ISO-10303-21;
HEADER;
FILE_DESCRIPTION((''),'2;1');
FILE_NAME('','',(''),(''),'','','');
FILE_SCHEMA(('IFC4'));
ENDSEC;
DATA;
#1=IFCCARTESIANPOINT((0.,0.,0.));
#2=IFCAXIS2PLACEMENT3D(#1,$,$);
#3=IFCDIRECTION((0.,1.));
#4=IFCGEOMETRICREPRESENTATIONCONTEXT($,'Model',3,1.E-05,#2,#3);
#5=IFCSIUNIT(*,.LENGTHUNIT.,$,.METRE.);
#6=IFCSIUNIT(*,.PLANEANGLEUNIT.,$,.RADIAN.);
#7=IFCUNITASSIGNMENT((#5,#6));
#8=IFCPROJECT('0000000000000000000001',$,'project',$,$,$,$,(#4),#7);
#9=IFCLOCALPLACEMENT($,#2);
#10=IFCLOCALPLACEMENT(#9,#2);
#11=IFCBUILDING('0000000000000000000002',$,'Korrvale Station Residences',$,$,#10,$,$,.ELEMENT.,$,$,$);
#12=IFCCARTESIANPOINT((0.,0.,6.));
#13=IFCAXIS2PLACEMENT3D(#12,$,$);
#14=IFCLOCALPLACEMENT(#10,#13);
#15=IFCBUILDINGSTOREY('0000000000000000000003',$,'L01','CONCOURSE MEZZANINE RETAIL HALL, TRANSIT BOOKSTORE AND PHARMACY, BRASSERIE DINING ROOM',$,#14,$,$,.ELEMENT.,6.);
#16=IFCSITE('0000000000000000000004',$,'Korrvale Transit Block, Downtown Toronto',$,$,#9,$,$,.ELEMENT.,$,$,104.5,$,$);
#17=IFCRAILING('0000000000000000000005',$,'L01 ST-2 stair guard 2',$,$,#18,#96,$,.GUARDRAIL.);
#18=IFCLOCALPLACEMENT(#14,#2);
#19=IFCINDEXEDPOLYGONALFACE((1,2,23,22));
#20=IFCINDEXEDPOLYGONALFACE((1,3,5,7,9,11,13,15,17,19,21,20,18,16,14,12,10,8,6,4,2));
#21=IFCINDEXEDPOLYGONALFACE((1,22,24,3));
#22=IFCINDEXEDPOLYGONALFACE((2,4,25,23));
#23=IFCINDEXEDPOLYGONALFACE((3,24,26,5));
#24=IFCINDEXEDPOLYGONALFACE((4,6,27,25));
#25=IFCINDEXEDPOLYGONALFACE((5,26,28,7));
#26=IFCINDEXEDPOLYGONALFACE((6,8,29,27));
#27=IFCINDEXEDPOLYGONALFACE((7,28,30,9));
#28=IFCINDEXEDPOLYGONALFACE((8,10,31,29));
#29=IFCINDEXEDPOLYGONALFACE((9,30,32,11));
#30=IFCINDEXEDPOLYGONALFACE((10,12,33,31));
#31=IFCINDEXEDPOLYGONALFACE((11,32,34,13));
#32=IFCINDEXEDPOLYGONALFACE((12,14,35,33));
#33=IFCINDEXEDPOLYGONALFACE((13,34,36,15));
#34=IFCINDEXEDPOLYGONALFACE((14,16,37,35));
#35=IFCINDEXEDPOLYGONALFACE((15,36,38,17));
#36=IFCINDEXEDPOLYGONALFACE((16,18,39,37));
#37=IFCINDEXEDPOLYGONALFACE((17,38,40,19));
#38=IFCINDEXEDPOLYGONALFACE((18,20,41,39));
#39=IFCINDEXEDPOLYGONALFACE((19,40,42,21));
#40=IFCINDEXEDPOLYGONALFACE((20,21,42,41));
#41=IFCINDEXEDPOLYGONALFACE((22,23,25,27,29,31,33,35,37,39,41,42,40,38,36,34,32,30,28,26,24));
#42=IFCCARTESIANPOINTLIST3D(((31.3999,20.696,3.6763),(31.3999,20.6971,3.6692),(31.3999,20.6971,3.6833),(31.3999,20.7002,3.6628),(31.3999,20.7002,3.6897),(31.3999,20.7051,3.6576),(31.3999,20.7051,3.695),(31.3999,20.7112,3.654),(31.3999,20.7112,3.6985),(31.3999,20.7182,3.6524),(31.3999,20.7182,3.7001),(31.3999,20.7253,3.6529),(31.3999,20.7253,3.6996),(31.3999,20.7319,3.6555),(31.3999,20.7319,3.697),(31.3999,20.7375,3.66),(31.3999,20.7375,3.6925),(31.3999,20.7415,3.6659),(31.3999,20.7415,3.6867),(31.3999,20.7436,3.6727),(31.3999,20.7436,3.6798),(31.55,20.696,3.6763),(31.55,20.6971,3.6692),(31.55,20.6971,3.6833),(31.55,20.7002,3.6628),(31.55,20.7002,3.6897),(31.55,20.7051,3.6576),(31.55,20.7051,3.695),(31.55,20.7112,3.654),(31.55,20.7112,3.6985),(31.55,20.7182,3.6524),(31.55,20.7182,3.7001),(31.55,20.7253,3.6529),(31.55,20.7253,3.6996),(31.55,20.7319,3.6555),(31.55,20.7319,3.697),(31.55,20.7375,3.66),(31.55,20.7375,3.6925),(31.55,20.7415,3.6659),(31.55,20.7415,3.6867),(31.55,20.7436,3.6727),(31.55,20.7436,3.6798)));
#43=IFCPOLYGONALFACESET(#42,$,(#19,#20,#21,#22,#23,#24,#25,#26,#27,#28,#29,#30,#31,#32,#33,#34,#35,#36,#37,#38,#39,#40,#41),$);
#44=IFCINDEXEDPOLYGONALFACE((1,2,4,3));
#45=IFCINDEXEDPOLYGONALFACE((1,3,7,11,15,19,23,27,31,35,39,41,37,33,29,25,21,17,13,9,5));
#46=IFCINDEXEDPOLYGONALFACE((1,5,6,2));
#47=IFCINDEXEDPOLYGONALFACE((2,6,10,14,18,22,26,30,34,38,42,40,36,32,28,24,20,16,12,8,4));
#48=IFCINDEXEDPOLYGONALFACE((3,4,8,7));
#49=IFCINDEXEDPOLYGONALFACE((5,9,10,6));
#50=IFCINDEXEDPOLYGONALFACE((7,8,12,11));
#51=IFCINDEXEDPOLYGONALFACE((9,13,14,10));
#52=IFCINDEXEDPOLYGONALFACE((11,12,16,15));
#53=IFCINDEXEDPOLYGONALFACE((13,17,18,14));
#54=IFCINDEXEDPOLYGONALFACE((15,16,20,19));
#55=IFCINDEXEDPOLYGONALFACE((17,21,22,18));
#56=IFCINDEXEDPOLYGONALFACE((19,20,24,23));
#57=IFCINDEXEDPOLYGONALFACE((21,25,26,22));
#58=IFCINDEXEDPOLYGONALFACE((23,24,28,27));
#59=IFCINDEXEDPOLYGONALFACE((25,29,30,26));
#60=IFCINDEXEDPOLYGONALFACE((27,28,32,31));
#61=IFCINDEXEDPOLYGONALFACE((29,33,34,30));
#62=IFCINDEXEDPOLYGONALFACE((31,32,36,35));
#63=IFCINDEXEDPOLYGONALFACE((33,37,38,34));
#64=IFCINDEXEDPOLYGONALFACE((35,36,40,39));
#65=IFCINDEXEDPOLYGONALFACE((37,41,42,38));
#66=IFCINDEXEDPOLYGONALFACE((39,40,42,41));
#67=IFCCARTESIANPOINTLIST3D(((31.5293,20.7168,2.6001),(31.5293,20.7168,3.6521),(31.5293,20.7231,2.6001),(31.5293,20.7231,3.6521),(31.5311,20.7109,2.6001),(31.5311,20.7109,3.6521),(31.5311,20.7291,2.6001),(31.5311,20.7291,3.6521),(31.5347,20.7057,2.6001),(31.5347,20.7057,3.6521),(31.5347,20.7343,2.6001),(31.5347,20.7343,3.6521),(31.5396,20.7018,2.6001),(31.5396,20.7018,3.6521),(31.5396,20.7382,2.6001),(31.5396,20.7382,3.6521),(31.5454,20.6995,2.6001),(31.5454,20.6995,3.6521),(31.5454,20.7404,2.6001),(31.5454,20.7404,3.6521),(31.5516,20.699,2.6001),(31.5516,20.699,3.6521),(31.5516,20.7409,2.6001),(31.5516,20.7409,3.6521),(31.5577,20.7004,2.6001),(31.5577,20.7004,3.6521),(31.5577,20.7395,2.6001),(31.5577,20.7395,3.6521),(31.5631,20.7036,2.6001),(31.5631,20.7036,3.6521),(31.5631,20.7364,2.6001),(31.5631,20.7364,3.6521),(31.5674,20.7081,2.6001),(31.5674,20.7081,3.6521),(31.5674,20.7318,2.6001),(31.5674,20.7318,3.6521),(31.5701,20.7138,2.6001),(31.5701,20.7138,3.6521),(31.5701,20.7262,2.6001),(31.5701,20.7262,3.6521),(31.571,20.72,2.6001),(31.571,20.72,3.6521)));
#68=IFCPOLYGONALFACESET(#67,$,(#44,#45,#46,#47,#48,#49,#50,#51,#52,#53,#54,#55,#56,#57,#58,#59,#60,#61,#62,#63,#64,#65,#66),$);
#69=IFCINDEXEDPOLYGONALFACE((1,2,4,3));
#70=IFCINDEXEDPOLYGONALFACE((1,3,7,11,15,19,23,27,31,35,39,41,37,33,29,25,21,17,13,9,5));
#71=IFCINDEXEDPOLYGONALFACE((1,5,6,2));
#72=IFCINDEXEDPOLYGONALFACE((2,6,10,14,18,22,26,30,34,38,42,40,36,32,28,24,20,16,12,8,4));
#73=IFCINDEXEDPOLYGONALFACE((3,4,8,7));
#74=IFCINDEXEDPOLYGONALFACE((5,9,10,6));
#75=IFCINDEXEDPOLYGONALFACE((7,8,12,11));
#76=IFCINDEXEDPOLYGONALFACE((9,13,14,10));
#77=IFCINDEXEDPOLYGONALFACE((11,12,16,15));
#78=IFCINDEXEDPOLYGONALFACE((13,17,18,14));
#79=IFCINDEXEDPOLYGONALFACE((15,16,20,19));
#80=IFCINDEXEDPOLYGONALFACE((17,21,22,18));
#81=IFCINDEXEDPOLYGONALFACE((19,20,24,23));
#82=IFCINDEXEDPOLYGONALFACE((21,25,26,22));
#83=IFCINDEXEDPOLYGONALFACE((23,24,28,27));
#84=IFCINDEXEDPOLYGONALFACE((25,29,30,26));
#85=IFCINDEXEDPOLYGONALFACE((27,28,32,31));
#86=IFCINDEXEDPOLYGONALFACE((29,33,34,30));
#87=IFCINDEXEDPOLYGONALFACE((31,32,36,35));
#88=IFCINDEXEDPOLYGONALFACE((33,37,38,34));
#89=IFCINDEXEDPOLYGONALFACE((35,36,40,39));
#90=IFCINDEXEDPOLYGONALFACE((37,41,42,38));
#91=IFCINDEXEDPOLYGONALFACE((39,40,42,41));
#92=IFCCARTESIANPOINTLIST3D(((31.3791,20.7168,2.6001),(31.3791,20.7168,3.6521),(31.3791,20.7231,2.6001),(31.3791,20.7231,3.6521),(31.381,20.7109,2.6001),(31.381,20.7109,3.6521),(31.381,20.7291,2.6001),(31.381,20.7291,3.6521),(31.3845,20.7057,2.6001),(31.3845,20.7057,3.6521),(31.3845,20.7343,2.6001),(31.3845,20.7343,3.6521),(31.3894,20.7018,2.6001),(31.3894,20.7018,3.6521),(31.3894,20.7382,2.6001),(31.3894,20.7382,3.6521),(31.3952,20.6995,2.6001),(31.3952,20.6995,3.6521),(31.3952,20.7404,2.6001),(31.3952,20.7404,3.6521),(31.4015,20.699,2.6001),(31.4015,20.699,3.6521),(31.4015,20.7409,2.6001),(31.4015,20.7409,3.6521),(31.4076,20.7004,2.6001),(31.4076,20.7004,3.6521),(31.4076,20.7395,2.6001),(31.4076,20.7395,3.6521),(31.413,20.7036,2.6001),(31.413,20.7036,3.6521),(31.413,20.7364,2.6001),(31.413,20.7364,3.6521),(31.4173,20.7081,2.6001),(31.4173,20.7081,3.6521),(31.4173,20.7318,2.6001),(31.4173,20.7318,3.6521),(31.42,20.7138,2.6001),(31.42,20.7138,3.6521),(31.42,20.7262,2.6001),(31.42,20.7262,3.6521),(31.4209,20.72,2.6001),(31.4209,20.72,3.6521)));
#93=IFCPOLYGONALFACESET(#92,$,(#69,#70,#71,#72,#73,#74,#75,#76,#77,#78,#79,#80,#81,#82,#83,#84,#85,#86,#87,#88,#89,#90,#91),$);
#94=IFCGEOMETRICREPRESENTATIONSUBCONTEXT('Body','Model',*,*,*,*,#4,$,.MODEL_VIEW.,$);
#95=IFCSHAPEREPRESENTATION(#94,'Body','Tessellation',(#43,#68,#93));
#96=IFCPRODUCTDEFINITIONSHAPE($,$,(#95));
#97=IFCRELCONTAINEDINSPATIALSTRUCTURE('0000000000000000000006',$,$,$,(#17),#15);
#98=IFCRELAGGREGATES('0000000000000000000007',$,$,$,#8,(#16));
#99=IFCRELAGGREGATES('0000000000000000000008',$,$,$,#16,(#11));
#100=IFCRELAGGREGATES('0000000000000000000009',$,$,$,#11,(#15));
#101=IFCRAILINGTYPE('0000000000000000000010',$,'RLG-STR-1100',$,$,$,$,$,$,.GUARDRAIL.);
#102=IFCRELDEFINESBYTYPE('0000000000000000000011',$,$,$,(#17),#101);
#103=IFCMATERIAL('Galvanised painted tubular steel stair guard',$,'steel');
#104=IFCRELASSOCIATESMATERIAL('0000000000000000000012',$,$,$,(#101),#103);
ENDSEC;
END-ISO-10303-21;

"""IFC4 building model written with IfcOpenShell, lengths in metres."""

from ifc_helpers import new_model, si_unit, direction, frame, origin, origin_2d, place, context, subcontext, project, spatial, circle, extrude, material, type_object, element, save


model = new_model("IFC4")

# Units and contexts
model_context = context("Model", 3, precision=1e-05, world=origin(), true_north=direction((0.0, 1.0)))
body_context = subcontext(model_context, "Body", "Model", "MODEL_VIEW")
ifc_project = project(units=[si_unit("LENGTHUNIT", "METRE"), si_unit("PLANEANGLEUNIT", "RADIAN")], contexts=[model_context])

# Site, building, storey
site_placement = place(None, origin())
site = spatial("IfcSite", under=ifc_project, at=site_placement, Name="Korrvale Transit Block, Downtown Toronto", CompositionType="ELEMENT", RefElevation=104.5)
building_placement = place(site_placement, origin())
building = spatial("IfcBuilding", under=site, at=building_placement, Name="Korrvale Station Residences", CompositionType="ELEMENT")
storey_placement = place(building_placement, frame((0.0, 0.0, 6.0)))
storey = spatial("IfcBuildingStorey", under=building, at=storey_placement, Name="L01", Description="CONCOURSE MEZZANINE RETAIL HALL, TRANSIT BOOKSTORE AND PHARMACY, BRASSERIE DINING ROOM", CompositionType="ELEMENT", Elevation=6.0)

# Railing
ifc_material_1 = material(Name="Galvanised painted tubular steel stair guard", Category="steel")
railing_type_1 = type_object("IfcRailingType", Name="RLG-STR-1100", PredefinedType="GUARDRAIL", material=ifc_material_1)
railing_1_placement = place(storey_placement, frame((31.55, 20.72, 2.6001)))
element("IfcRailing", 1, at=railing_1_placement, inside=storey, type_object=railing_type_1, Name="L01 ST-2 stair guard 2", PredefinedType="GUARDRAIL", context=body_context, shape_type="SweptSolid", body=[
    extrude(circle(Radius=0.0239, at=origin_2d()), frame((0.0, 0.0, 1.0762), z_axis=(-1.0, 0.0, 0.0), x_axis=(0.0, -1.0, 0.0)), (0.0, 0.0, 1.0), 0.1501),
    extrude(circle(Radius=0.021, at=origin_2d()), origin(), (0.0, 0.0, 1.0), 1.052),
    extrude(circle(Radius=0.021, at=origin_2d()), frame((-0.1501, 0.0, 0.0)), (0.0, 0.0, 1.0), 1.052),
])

save(model, "model.ifc")
